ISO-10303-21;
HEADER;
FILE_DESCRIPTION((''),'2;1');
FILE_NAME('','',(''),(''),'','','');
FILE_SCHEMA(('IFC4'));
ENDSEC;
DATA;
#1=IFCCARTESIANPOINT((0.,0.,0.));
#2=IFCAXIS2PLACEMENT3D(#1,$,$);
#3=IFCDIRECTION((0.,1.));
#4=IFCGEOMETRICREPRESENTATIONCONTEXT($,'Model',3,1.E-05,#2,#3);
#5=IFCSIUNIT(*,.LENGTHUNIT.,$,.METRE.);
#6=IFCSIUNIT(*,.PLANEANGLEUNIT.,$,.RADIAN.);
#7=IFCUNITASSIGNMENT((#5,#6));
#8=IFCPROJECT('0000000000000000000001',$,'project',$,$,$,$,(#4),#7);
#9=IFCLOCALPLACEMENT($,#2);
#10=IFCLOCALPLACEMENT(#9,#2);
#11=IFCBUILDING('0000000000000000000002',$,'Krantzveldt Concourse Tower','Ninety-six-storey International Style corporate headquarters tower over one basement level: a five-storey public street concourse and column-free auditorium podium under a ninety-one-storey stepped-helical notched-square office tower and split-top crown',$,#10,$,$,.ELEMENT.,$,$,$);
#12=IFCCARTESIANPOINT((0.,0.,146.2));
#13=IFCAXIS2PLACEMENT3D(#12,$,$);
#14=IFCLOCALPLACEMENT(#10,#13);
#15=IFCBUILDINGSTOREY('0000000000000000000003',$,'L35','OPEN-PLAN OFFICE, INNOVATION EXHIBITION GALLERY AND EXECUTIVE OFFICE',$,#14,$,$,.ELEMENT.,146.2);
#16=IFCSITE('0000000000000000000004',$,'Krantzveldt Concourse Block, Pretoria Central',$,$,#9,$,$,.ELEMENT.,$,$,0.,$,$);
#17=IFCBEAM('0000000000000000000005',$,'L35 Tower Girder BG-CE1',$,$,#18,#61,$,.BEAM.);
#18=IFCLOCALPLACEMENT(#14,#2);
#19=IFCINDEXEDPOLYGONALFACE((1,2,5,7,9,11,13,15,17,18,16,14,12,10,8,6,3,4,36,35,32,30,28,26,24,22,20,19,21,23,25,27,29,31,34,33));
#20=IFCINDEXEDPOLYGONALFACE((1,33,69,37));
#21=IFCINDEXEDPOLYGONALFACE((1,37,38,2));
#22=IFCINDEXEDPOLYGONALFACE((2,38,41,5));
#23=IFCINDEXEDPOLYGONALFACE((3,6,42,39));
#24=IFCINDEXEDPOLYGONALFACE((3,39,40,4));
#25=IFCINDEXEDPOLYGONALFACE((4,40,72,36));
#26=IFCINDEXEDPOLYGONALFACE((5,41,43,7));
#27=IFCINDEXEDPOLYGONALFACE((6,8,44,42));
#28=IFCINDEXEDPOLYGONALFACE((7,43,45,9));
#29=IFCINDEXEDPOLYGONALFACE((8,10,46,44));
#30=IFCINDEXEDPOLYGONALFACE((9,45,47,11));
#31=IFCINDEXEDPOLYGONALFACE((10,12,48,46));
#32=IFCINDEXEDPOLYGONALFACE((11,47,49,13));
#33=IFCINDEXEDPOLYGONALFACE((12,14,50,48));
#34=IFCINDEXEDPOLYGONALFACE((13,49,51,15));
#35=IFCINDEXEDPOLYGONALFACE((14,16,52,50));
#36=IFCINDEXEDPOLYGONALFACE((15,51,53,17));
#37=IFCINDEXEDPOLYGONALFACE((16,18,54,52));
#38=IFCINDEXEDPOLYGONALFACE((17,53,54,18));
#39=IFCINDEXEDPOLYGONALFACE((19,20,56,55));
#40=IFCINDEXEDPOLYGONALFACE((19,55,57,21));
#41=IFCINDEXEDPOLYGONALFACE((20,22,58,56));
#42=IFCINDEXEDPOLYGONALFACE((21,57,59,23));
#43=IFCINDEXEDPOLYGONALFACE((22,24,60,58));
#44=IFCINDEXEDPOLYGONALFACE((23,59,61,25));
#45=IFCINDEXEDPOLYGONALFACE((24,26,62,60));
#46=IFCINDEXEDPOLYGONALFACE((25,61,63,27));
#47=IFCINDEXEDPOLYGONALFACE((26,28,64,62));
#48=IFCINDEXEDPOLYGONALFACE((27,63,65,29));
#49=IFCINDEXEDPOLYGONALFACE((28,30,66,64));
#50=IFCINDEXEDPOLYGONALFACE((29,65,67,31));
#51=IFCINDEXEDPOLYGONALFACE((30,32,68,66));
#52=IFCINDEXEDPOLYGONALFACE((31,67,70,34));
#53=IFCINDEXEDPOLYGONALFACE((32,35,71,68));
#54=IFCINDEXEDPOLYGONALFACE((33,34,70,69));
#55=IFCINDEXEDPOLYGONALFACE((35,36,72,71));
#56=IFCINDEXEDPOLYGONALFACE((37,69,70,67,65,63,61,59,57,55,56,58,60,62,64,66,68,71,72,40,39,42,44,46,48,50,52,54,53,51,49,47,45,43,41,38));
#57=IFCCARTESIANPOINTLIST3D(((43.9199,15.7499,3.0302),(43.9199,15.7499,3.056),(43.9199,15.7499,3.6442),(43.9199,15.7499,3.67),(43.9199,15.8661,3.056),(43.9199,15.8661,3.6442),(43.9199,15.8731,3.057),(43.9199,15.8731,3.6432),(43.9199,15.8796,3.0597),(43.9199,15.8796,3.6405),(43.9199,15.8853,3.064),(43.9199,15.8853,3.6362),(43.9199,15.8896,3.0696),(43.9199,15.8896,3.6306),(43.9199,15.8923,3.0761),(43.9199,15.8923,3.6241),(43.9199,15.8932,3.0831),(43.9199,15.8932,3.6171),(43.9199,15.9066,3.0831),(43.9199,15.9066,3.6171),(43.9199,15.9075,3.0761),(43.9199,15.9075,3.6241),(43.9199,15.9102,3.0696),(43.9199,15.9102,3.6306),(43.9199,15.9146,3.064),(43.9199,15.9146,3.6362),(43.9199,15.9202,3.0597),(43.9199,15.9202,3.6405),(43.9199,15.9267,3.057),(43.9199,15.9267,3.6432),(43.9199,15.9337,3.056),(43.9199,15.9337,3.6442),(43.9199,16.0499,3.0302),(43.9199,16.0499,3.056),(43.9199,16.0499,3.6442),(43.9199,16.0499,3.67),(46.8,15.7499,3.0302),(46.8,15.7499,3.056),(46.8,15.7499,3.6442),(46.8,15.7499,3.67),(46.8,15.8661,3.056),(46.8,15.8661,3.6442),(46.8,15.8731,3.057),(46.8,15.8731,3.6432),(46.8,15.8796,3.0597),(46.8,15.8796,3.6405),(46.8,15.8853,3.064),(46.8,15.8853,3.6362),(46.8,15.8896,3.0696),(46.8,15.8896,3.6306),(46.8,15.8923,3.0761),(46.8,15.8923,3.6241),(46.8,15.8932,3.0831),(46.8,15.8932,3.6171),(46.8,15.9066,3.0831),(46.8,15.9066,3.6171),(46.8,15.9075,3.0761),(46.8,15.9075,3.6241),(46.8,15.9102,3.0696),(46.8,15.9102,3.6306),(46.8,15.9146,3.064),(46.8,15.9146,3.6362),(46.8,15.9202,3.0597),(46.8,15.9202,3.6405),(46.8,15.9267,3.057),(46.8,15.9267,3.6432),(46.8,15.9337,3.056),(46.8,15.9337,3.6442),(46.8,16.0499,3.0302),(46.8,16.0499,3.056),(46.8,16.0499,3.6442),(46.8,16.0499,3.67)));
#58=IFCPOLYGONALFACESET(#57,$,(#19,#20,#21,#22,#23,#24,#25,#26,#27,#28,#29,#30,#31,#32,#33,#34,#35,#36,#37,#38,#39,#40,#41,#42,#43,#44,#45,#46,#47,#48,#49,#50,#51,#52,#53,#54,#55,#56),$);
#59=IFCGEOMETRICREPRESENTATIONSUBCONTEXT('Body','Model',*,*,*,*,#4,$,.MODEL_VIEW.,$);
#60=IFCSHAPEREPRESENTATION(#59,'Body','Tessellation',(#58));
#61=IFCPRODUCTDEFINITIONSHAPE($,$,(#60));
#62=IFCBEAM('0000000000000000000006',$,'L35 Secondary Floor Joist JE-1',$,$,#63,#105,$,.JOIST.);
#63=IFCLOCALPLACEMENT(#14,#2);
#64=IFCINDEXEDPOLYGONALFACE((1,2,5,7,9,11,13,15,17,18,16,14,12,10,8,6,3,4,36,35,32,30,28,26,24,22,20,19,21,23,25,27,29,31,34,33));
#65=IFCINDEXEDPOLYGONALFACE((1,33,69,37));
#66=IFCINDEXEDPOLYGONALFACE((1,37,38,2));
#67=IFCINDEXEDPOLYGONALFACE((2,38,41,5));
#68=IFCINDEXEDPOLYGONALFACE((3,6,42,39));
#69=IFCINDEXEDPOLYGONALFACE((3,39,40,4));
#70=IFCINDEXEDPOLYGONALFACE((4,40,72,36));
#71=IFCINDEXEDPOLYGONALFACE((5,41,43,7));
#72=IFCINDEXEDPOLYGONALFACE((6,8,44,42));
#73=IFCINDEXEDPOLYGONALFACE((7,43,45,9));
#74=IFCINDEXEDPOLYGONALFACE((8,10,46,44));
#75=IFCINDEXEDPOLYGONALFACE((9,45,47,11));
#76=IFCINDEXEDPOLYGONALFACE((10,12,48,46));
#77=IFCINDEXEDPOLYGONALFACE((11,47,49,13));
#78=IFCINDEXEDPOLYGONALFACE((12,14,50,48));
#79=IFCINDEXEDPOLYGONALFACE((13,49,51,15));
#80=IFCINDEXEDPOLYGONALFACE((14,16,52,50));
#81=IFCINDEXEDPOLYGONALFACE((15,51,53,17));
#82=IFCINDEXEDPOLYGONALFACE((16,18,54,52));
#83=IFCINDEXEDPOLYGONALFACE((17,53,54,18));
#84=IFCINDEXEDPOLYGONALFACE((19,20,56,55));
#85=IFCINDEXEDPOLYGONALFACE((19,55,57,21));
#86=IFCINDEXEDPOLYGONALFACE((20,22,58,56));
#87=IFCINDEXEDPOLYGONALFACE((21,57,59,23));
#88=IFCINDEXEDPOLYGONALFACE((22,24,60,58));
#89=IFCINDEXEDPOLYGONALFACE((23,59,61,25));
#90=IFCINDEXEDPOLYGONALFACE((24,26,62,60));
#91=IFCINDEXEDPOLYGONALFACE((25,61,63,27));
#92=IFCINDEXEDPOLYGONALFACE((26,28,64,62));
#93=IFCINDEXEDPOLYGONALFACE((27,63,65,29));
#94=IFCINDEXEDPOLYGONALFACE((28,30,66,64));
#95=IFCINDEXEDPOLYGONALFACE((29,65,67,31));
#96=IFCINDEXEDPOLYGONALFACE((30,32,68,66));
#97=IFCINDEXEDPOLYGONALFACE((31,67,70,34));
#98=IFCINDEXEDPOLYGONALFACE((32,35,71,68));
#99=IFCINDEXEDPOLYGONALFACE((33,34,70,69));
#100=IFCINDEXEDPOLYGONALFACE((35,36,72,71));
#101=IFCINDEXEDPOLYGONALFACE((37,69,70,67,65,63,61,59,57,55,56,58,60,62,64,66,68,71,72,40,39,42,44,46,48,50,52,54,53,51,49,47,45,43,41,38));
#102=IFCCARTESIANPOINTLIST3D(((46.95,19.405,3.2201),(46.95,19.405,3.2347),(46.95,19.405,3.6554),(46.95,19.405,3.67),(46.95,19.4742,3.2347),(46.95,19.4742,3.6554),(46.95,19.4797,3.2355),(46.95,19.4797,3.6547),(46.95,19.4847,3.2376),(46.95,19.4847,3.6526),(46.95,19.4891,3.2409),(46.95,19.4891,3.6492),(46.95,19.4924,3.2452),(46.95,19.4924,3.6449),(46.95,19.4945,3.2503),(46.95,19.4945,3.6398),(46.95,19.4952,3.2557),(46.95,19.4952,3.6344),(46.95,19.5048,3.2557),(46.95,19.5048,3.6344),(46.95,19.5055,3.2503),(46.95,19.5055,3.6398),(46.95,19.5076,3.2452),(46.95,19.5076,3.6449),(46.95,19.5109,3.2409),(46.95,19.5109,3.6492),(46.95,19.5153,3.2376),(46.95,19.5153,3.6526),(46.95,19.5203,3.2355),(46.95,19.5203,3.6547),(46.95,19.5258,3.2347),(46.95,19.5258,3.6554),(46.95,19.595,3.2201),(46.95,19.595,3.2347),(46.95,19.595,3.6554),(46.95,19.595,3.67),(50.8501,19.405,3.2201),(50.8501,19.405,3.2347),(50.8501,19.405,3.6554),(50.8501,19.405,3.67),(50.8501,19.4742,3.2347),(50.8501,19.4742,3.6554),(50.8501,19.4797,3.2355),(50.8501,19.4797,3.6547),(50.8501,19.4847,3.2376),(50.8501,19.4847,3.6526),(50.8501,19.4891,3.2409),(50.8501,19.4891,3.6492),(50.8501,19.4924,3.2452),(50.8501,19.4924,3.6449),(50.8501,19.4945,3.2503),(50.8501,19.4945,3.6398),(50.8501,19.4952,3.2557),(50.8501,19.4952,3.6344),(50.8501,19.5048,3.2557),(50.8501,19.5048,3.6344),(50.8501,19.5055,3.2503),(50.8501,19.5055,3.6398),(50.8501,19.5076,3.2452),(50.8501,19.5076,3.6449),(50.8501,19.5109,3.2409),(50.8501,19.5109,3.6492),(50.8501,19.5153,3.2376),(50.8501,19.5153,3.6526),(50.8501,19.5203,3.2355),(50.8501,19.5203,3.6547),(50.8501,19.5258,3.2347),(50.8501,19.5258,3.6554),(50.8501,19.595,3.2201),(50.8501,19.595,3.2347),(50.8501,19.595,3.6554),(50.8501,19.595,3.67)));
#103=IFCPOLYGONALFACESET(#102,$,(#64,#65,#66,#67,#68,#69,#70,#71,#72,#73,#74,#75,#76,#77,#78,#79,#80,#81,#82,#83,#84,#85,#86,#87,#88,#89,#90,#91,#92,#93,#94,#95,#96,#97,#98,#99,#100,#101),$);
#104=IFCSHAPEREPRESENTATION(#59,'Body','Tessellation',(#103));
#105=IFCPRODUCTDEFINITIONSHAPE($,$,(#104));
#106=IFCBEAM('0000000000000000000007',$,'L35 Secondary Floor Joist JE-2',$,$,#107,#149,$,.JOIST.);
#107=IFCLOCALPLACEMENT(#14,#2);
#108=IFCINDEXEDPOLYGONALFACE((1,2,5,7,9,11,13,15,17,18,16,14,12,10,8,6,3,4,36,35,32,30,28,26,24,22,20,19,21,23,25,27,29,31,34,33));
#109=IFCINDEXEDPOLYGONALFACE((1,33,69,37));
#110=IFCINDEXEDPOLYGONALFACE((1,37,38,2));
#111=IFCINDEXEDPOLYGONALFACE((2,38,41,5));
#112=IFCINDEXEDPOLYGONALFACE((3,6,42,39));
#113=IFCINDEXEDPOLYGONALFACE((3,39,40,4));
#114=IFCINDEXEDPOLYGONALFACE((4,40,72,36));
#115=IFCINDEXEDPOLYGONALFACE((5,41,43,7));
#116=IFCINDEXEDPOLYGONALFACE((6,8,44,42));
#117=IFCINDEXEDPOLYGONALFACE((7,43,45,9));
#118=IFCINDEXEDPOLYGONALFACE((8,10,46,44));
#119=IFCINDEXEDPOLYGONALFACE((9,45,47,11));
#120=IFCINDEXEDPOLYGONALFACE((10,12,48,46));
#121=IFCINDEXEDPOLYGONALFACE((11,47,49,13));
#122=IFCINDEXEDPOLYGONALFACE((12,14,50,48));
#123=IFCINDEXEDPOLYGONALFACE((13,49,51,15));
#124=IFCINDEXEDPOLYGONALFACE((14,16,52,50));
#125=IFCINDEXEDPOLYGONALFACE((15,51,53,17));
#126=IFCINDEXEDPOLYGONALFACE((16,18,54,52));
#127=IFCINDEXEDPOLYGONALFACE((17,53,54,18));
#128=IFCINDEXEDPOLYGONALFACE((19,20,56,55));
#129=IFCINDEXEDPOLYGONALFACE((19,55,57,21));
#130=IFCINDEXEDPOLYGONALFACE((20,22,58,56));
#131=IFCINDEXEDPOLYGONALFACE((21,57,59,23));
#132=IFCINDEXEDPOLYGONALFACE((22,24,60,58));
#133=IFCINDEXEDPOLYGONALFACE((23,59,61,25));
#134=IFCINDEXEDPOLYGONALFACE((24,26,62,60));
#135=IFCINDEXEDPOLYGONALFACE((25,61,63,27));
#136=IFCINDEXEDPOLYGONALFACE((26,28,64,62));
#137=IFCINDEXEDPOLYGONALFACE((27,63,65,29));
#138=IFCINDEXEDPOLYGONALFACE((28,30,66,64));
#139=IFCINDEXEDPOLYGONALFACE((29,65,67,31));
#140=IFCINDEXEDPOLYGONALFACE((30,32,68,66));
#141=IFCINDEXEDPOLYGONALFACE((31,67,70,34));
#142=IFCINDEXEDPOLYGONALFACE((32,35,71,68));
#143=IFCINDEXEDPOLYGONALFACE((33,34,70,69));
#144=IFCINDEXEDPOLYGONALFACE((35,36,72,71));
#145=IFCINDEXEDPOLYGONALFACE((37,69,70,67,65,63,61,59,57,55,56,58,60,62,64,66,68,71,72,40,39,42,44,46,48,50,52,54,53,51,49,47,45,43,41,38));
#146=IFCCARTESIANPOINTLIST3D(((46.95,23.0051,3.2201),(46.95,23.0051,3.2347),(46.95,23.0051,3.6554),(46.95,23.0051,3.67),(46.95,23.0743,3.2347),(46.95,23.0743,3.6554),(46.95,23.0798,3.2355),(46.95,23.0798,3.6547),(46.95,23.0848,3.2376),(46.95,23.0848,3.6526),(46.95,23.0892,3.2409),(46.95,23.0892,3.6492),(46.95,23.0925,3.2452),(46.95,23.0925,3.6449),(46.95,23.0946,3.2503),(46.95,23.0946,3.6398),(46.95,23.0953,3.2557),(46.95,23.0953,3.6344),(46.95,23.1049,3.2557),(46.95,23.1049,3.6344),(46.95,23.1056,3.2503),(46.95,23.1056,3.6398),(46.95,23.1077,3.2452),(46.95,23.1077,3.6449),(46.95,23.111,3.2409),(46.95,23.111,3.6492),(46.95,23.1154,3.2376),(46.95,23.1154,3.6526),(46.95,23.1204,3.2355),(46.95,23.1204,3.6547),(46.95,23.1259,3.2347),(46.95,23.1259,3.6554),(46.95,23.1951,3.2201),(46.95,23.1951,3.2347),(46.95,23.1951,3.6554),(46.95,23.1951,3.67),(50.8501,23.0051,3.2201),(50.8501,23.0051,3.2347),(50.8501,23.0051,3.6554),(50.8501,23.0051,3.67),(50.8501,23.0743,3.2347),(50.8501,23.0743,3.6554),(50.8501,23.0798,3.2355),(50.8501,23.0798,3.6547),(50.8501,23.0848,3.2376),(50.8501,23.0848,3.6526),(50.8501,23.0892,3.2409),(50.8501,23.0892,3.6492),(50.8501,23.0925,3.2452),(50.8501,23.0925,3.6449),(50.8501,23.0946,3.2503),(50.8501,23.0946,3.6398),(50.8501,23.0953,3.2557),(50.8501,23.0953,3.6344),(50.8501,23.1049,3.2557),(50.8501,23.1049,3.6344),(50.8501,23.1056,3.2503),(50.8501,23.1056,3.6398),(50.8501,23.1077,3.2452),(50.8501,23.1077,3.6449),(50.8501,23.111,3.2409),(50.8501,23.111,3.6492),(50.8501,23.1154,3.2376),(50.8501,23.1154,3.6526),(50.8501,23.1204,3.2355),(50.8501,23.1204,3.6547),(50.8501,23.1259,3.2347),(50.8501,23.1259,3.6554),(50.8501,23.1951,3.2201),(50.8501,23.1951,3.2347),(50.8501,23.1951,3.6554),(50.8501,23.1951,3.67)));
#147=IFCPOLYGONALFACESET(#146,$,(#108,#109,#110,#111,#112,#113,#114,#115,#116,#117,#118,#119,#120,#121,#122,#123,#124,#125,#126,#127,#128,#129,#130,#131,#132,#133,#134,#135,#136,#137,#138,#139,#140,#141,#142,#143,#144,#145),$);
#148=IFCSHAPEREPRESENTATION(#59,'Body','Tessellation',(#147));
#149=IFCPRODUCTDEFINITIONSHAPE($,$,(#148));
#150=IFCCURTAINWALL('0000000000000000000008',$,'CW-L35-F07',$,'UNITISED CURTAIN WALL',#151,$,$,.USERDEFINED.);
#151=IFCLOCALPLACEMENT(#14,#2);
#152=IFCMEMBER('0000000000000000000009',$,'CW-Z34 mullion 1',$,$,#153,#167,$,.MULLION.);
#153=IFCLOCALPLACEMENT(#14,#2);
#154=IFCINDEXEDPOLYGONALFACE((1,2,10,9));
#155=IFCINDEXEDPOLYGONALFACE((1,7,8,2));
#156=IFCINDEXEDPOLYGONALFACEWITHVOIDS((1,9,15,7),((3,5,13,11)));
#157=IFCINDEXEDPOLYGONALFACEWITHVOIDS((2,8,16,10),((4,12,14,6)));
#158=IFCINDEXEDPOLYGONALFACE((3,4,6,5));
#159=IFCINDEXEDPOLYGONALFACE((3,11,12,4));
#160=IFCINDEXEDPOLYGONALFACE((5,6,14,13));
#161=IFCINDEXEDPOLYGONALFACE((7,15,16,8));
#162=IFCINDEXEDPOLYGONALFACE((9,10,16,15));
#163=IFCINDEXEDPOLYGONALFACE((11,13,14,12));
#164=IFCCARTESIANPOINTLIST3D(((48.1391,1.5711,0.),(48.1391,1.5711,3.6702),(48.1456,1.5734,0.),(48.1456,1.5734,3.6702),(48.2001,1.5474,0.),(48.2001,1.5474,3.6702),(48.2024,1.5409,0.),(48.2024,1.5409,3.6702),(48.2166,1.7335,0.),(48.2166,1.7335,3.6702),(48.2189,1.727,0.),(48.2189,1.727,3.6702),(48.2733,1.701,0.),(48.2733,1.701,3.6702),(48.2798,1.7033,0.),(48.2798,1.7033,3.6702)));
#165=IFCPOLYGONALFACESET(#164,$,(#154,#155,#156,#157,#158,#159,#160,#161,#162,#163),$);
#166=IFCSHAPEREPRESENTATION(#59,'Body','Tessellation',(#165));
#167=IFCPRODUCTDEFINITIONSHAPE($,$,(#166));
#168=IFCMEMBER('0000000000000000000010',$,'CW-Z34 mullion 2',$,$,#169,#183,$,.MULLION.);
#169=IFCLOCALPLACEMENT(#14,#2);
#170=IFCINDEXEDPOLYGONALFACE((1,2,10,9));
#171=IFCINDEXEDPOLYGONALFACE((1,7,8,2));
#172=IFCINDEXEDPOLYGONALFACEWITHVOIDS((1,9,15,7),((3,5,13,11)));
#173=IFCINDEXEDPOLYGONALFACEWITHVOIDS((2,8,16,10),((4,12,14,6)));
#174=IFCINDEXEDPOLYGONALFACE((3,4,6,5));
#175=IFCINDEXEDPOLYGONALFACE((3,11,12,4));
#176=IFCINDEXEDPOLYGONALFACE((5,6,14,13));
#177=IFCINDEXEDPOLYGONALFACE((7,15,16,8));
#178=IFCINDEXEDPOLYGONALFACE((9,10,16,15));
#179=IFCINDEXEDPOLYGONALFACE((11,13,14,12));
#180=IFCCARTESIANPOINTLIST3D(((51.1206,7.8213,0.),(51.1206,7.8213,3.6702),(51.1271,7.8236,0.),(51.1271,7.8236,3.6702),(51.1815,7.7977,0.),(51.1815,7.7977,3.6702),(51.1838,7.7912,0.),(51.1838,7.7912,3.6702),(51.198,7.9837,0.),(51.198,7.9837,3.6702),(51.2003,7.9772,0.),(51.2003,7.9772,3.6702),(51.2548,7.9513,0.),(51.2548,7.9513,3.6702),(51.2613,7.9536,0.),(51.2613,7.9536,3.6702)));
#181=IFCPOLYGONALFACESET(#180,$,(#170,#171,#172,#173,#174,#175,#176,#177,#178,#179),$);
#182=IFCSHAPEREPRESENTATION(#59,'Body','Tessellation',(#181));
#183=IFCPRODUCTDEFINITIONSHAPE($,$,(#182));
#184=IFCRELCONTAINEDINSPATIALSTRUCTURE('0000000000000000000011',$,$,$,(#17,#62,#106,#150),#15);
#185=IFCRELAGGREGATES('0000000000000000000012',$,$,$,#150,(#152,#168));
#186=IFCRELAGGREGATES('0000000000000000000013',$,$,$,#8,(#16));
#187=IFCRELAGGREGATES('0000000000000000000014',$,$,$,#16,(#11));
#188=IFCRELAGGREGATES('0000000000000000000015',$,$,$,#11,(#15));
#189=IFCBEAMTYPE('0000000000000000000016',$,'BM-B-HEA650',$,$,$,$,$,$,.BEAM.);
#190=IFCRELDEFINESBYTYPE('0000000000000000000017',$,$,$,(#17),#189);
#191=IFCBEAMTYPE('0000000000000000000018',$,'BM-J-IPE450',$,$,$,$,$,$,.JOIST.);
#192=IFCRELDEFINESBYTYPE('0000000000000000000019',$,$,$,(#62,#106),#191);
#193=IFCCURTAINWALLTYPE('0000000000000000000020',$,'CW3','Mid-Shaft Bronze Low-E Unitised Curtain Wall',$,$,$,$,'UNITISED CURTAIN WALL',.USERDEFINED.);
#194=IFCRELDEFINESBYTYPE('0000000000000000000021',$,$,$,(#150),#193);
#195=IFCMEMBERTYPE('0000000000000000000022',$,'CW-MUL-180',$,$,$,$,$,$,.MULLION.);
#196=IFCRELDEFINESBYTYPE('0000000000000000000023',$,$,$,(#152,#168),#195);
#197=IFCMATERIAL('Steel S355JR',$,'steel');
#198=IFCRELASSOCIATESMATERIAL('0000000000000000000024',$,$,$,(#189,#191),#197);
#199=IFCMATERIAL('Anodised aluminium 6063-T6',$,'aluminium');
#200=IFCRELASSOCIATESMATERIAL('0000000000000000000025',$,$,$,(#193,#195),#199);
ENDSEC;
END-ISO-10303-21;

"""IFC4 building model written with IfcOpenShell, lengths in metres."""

from ifc_helpers import new_model, si_unit, direction, frame, origin, origin_2d, place, context, subcontext, project, spatial, hollow_rectangle, i_section, extrude, source, transform, mapped, material, material_profile, profile_set, type_object, type_shapes, element, aggregate, save


model = new_model("IFC4")

# Units and contexts
model_context = context("Model", 3, precision=1e-05, world=origin(), true_north=direction((0.0, 1.0)))
body_context = subcontext(model_context, "Body", "Model", "MODEL_VIEW")
ifc_project = project(units=[si_unit("LENGTHUNIT", "METRE"), si_unit("PLANEANGLEUNIT", "RADIAN")], contexts=[model_context])

# Site, building, storey
site_placement = place(None, origin())
site = spatial("IfcSite", under=ifc_project, at=site_placement, Name="Krantzveldt Concourse Block, Pretoria Central", CompositionType="ELEMENT", RefElevation=0.0)
building_placement = place(site_placement, origin())
building = spatial("IfcBuilding", under=site, at=building_placement, Name="Krantzveldt Concourse Tower", Description="Ninety-six-storey International Style corporate headquarters tower over one basement level: a five-storey public street concourse and column-free auditorium podium under a ninety-one-storey stepped-helical notched-square office tower and split-top crown", CompositionType="ELEMENT")
storey_placement = place(building_placement, frame((0.0, 0.0, 146.2)))
storey = spatial("IfcBuildingStorey", under=building, at=storey_placement, Name="L35", Description="OPEN-PLAN OFFICE, INNOVATION EXHIBITION GALLERY AND EXECUTIVE OFFICE", CompositionType="ELEMENT", Elevation=146.2)

# Beams
ifc_material_1 = material(Name="Steel S355JR", Category="steel")
ifc_material_profile_1 = material_profile(ifc_material_1, i_section(OverallWidth=0.3, OverallDepth=0.6399, WebThickness=0.0134, FlangeThickness=0.0259, FilletRadius=0.0271, at=origin_2d()), Name="Steel S355JR", Category="steel")
ifc_profile_set_1 = profile_set([ifc_material_profile_1], Name="Steel S355JR - HEA 650")
beam_type_1 = type_object("IfcBeamType", Name="BM-B-HEA650", PredefinedType="BEAM", material=ifc_profile_set_1)
shared_shape_1 = source(origin(), body_context, "Body", "SweptSolid", [
    extrude(i_section(OverallWidth=0.3, OverallDepth=0.6399, WebThickness=0.0134, FlangeThickness=0.0259, FilletRadius=0.0271, at=origin_2d()), origin(), (0.0, 0.0, 1.0), 2.8801),
])
beam_1_placement = place(storey_placement, frame((43.9199, 15.8999, 3.3501), z_axis=(1.0, 0.0, 0.0), x_axis=(0.0, 1.0, 0.0)))
element("IfcBeam", 1, at=beam_1_placement, inside=storey, type_object=beam_type_1, Name="L35 Tower Girder BG-CE1", PredefinedType="BEAM", context=body_context, shape_type="MappedRepresentation", body=[
    mapped(shared_shape_1, transform((0.0, 0.0, 0.0), x_axis=(1.0, 0.0, 0.0), y_axis=(0.0, 1.0, 0.0), z_axis=(0.0, 0.0, 1.0), scale=1.0)),
])
ifc_material_profile_2 = material_profile(ifc_material_1, i_section(OverallWidth=0.1899, OverallDepth=0.45, WebThickness=0.0095, FlangeThickness=0.0146, FilletRadius=0.021, at=origin_2d()), Name="Steel S355JR", Category="steel")
ifc_profile_set_2 = profile_set([ifc_material_profile_2], Name="Steel S355JR - IPE 450")
beam_type_2 = type_object("IfcBeamType", Name="BM-J-IPE450", PredefinedType="JOIST", material=ifc_profile_set_2)
shared_shape_2 = source(origin(), body_context, "Body", "SweptSolid", [
    extrude(i_section(OverallWidth=0.1899, OverallDepth=0.45, WebThickness=0.0095, FlangeThickness=0.0146, FilletRadius=0.021, at=origin_2d()), origin(), (0.0, 0.0, 1.0), 3.9001),
])
type_shapes(beam_type_2, [shared_shape_2])
for number, where, z_axis, x_axis, name in (
    (2, (46.95, 19.5, 3.4451), (1.0, 0.0, 0.0), (0.0, 1.0, 0.0), "L35 Secondary Floor Joist JE-1"),
    (3, (46.95, 23.1001, 3.4451), (1.0, 0.0, 0.0), (0.0, 1.0, 0.0), "L35 Secondary Floor Joist JE-2"),
):
    element("IfcBeam", number, at=place(storey_placement, frame(where, z_axis=z_axis, x_axis=x_axis)), inside=storey, type_object=beam_type_2, Name=name, PredefinedType="JOIST", context=body_context, shape_type="MappedRepresentation", body=[
        mapped(shared_shape_2, transform((0.0, 0.0, 0.0), x_axis=(1.0, 0.0, 0.0), y_axis=(0.0, 1.0, 0.0), z_axis=(0.0, 0.0, 1.0), scale=1.0)),
    ])

# Curtain wall, members
ifc_material_2 = material(Name="Anodised aluminium 6063-T6", Category="aluminium")
curtain_wall_type = type_object("IfcCurtainWallType", Name="CW3", Description="Mid-Shaft Bronze Low-E Unitised Curtain Wall", ElementType="UNITISED CURTAIN WALL", PredefinedType="USERDEFINED", material=ifc_material_2)
curtain_wall_placement = place(storey_placement, origin())
curtain_wall = element("IfcCurtainWall", 4, at=curtain_wall_placement, inside=storey, type_object=curtain_wall_type, Name="CW-L35-F07", ObjectType="UNITISED CURTAIN WALL", PredefinedType="USERDEFINED")
ifc_material_profile_3 = material_profile(ifc_material_2, hollow_rectangle(XDim=0.0701, YDim=0.1799, WallThickness=0.0049, at=origin_2d()), Name="Anodised aluminium 6063-T6", Category="aluminium")
ifc_profile_set_3 = profile_set([ifc_material_profile_3], Name="Anodised aluminium 6063-T6 - ALU-MULL 180x70x5")
member_type_1 = type_object("IfcMemberType", Name="CW-MUL-180", PredefinedType="MULLION", material=ifc_profile_set_3)
shared_shape_3 = source(origin(), body_context, "Body", "SweptSolid", [
    extrude(hollow_rectangle(XDim=0.0701, YDim=0.1799, WallThickness=0.0049, at=origin_2d()), origin(), (0.0, 0.0, 1.0), 3.6702),
])
type_shapes(member_type_1, [shared_shape_3])
member_1_placement = place(storey_placement, frame((48.2095, 1.6372, 0.0), z_axis=(0.0, 0.0, 1.0), x_axis=(-0.902585, 0.430511, 0.0)))
member_1 = element("IfcMember", 5, at=member_1_placement, type_object=member_type_1, Name="CW-Z34 mullion 1", PredefinedType="MULLION", context=body_context, shape_type="MappedRepresentation", body=[
    mapped(shared_shape_3, transform((0.0, 0.0, 0.0), x_axis=(1.0, 0.0, 0.0), y_axis=(0.0, 1.0, 0.0), z_axis=(0.0, 0.0, 1.0), scale=1.0)),
])
member_2_placement = place(storey_placement, frame((51.1909, 7.8875, 0.0), z_axis=(0.0, 0.0, 1.0), x_axis=(-0.902585, 0.430511, 0.0)))
member_2 = element("IfcMember", 6, at=member_2_placement, type_object=member_type_1, Name="CW-Z34 mullion 2", PredefinedType="MULLION", context=body_context, shape_type="MappedRepresentation", body=[
    mapped(shared_shape_3, transform((0.0, 0.0, 0.0), x_axis=(1.0, 0.0, 0.0), y_axis=(0.0, 1.0, 0.0), z_axis=(0.0, 0.0, 1.0), scale=1.0)),
])
aggregate(curtain_wall, [member_1, member_2])

save(model, "model.ifc")
